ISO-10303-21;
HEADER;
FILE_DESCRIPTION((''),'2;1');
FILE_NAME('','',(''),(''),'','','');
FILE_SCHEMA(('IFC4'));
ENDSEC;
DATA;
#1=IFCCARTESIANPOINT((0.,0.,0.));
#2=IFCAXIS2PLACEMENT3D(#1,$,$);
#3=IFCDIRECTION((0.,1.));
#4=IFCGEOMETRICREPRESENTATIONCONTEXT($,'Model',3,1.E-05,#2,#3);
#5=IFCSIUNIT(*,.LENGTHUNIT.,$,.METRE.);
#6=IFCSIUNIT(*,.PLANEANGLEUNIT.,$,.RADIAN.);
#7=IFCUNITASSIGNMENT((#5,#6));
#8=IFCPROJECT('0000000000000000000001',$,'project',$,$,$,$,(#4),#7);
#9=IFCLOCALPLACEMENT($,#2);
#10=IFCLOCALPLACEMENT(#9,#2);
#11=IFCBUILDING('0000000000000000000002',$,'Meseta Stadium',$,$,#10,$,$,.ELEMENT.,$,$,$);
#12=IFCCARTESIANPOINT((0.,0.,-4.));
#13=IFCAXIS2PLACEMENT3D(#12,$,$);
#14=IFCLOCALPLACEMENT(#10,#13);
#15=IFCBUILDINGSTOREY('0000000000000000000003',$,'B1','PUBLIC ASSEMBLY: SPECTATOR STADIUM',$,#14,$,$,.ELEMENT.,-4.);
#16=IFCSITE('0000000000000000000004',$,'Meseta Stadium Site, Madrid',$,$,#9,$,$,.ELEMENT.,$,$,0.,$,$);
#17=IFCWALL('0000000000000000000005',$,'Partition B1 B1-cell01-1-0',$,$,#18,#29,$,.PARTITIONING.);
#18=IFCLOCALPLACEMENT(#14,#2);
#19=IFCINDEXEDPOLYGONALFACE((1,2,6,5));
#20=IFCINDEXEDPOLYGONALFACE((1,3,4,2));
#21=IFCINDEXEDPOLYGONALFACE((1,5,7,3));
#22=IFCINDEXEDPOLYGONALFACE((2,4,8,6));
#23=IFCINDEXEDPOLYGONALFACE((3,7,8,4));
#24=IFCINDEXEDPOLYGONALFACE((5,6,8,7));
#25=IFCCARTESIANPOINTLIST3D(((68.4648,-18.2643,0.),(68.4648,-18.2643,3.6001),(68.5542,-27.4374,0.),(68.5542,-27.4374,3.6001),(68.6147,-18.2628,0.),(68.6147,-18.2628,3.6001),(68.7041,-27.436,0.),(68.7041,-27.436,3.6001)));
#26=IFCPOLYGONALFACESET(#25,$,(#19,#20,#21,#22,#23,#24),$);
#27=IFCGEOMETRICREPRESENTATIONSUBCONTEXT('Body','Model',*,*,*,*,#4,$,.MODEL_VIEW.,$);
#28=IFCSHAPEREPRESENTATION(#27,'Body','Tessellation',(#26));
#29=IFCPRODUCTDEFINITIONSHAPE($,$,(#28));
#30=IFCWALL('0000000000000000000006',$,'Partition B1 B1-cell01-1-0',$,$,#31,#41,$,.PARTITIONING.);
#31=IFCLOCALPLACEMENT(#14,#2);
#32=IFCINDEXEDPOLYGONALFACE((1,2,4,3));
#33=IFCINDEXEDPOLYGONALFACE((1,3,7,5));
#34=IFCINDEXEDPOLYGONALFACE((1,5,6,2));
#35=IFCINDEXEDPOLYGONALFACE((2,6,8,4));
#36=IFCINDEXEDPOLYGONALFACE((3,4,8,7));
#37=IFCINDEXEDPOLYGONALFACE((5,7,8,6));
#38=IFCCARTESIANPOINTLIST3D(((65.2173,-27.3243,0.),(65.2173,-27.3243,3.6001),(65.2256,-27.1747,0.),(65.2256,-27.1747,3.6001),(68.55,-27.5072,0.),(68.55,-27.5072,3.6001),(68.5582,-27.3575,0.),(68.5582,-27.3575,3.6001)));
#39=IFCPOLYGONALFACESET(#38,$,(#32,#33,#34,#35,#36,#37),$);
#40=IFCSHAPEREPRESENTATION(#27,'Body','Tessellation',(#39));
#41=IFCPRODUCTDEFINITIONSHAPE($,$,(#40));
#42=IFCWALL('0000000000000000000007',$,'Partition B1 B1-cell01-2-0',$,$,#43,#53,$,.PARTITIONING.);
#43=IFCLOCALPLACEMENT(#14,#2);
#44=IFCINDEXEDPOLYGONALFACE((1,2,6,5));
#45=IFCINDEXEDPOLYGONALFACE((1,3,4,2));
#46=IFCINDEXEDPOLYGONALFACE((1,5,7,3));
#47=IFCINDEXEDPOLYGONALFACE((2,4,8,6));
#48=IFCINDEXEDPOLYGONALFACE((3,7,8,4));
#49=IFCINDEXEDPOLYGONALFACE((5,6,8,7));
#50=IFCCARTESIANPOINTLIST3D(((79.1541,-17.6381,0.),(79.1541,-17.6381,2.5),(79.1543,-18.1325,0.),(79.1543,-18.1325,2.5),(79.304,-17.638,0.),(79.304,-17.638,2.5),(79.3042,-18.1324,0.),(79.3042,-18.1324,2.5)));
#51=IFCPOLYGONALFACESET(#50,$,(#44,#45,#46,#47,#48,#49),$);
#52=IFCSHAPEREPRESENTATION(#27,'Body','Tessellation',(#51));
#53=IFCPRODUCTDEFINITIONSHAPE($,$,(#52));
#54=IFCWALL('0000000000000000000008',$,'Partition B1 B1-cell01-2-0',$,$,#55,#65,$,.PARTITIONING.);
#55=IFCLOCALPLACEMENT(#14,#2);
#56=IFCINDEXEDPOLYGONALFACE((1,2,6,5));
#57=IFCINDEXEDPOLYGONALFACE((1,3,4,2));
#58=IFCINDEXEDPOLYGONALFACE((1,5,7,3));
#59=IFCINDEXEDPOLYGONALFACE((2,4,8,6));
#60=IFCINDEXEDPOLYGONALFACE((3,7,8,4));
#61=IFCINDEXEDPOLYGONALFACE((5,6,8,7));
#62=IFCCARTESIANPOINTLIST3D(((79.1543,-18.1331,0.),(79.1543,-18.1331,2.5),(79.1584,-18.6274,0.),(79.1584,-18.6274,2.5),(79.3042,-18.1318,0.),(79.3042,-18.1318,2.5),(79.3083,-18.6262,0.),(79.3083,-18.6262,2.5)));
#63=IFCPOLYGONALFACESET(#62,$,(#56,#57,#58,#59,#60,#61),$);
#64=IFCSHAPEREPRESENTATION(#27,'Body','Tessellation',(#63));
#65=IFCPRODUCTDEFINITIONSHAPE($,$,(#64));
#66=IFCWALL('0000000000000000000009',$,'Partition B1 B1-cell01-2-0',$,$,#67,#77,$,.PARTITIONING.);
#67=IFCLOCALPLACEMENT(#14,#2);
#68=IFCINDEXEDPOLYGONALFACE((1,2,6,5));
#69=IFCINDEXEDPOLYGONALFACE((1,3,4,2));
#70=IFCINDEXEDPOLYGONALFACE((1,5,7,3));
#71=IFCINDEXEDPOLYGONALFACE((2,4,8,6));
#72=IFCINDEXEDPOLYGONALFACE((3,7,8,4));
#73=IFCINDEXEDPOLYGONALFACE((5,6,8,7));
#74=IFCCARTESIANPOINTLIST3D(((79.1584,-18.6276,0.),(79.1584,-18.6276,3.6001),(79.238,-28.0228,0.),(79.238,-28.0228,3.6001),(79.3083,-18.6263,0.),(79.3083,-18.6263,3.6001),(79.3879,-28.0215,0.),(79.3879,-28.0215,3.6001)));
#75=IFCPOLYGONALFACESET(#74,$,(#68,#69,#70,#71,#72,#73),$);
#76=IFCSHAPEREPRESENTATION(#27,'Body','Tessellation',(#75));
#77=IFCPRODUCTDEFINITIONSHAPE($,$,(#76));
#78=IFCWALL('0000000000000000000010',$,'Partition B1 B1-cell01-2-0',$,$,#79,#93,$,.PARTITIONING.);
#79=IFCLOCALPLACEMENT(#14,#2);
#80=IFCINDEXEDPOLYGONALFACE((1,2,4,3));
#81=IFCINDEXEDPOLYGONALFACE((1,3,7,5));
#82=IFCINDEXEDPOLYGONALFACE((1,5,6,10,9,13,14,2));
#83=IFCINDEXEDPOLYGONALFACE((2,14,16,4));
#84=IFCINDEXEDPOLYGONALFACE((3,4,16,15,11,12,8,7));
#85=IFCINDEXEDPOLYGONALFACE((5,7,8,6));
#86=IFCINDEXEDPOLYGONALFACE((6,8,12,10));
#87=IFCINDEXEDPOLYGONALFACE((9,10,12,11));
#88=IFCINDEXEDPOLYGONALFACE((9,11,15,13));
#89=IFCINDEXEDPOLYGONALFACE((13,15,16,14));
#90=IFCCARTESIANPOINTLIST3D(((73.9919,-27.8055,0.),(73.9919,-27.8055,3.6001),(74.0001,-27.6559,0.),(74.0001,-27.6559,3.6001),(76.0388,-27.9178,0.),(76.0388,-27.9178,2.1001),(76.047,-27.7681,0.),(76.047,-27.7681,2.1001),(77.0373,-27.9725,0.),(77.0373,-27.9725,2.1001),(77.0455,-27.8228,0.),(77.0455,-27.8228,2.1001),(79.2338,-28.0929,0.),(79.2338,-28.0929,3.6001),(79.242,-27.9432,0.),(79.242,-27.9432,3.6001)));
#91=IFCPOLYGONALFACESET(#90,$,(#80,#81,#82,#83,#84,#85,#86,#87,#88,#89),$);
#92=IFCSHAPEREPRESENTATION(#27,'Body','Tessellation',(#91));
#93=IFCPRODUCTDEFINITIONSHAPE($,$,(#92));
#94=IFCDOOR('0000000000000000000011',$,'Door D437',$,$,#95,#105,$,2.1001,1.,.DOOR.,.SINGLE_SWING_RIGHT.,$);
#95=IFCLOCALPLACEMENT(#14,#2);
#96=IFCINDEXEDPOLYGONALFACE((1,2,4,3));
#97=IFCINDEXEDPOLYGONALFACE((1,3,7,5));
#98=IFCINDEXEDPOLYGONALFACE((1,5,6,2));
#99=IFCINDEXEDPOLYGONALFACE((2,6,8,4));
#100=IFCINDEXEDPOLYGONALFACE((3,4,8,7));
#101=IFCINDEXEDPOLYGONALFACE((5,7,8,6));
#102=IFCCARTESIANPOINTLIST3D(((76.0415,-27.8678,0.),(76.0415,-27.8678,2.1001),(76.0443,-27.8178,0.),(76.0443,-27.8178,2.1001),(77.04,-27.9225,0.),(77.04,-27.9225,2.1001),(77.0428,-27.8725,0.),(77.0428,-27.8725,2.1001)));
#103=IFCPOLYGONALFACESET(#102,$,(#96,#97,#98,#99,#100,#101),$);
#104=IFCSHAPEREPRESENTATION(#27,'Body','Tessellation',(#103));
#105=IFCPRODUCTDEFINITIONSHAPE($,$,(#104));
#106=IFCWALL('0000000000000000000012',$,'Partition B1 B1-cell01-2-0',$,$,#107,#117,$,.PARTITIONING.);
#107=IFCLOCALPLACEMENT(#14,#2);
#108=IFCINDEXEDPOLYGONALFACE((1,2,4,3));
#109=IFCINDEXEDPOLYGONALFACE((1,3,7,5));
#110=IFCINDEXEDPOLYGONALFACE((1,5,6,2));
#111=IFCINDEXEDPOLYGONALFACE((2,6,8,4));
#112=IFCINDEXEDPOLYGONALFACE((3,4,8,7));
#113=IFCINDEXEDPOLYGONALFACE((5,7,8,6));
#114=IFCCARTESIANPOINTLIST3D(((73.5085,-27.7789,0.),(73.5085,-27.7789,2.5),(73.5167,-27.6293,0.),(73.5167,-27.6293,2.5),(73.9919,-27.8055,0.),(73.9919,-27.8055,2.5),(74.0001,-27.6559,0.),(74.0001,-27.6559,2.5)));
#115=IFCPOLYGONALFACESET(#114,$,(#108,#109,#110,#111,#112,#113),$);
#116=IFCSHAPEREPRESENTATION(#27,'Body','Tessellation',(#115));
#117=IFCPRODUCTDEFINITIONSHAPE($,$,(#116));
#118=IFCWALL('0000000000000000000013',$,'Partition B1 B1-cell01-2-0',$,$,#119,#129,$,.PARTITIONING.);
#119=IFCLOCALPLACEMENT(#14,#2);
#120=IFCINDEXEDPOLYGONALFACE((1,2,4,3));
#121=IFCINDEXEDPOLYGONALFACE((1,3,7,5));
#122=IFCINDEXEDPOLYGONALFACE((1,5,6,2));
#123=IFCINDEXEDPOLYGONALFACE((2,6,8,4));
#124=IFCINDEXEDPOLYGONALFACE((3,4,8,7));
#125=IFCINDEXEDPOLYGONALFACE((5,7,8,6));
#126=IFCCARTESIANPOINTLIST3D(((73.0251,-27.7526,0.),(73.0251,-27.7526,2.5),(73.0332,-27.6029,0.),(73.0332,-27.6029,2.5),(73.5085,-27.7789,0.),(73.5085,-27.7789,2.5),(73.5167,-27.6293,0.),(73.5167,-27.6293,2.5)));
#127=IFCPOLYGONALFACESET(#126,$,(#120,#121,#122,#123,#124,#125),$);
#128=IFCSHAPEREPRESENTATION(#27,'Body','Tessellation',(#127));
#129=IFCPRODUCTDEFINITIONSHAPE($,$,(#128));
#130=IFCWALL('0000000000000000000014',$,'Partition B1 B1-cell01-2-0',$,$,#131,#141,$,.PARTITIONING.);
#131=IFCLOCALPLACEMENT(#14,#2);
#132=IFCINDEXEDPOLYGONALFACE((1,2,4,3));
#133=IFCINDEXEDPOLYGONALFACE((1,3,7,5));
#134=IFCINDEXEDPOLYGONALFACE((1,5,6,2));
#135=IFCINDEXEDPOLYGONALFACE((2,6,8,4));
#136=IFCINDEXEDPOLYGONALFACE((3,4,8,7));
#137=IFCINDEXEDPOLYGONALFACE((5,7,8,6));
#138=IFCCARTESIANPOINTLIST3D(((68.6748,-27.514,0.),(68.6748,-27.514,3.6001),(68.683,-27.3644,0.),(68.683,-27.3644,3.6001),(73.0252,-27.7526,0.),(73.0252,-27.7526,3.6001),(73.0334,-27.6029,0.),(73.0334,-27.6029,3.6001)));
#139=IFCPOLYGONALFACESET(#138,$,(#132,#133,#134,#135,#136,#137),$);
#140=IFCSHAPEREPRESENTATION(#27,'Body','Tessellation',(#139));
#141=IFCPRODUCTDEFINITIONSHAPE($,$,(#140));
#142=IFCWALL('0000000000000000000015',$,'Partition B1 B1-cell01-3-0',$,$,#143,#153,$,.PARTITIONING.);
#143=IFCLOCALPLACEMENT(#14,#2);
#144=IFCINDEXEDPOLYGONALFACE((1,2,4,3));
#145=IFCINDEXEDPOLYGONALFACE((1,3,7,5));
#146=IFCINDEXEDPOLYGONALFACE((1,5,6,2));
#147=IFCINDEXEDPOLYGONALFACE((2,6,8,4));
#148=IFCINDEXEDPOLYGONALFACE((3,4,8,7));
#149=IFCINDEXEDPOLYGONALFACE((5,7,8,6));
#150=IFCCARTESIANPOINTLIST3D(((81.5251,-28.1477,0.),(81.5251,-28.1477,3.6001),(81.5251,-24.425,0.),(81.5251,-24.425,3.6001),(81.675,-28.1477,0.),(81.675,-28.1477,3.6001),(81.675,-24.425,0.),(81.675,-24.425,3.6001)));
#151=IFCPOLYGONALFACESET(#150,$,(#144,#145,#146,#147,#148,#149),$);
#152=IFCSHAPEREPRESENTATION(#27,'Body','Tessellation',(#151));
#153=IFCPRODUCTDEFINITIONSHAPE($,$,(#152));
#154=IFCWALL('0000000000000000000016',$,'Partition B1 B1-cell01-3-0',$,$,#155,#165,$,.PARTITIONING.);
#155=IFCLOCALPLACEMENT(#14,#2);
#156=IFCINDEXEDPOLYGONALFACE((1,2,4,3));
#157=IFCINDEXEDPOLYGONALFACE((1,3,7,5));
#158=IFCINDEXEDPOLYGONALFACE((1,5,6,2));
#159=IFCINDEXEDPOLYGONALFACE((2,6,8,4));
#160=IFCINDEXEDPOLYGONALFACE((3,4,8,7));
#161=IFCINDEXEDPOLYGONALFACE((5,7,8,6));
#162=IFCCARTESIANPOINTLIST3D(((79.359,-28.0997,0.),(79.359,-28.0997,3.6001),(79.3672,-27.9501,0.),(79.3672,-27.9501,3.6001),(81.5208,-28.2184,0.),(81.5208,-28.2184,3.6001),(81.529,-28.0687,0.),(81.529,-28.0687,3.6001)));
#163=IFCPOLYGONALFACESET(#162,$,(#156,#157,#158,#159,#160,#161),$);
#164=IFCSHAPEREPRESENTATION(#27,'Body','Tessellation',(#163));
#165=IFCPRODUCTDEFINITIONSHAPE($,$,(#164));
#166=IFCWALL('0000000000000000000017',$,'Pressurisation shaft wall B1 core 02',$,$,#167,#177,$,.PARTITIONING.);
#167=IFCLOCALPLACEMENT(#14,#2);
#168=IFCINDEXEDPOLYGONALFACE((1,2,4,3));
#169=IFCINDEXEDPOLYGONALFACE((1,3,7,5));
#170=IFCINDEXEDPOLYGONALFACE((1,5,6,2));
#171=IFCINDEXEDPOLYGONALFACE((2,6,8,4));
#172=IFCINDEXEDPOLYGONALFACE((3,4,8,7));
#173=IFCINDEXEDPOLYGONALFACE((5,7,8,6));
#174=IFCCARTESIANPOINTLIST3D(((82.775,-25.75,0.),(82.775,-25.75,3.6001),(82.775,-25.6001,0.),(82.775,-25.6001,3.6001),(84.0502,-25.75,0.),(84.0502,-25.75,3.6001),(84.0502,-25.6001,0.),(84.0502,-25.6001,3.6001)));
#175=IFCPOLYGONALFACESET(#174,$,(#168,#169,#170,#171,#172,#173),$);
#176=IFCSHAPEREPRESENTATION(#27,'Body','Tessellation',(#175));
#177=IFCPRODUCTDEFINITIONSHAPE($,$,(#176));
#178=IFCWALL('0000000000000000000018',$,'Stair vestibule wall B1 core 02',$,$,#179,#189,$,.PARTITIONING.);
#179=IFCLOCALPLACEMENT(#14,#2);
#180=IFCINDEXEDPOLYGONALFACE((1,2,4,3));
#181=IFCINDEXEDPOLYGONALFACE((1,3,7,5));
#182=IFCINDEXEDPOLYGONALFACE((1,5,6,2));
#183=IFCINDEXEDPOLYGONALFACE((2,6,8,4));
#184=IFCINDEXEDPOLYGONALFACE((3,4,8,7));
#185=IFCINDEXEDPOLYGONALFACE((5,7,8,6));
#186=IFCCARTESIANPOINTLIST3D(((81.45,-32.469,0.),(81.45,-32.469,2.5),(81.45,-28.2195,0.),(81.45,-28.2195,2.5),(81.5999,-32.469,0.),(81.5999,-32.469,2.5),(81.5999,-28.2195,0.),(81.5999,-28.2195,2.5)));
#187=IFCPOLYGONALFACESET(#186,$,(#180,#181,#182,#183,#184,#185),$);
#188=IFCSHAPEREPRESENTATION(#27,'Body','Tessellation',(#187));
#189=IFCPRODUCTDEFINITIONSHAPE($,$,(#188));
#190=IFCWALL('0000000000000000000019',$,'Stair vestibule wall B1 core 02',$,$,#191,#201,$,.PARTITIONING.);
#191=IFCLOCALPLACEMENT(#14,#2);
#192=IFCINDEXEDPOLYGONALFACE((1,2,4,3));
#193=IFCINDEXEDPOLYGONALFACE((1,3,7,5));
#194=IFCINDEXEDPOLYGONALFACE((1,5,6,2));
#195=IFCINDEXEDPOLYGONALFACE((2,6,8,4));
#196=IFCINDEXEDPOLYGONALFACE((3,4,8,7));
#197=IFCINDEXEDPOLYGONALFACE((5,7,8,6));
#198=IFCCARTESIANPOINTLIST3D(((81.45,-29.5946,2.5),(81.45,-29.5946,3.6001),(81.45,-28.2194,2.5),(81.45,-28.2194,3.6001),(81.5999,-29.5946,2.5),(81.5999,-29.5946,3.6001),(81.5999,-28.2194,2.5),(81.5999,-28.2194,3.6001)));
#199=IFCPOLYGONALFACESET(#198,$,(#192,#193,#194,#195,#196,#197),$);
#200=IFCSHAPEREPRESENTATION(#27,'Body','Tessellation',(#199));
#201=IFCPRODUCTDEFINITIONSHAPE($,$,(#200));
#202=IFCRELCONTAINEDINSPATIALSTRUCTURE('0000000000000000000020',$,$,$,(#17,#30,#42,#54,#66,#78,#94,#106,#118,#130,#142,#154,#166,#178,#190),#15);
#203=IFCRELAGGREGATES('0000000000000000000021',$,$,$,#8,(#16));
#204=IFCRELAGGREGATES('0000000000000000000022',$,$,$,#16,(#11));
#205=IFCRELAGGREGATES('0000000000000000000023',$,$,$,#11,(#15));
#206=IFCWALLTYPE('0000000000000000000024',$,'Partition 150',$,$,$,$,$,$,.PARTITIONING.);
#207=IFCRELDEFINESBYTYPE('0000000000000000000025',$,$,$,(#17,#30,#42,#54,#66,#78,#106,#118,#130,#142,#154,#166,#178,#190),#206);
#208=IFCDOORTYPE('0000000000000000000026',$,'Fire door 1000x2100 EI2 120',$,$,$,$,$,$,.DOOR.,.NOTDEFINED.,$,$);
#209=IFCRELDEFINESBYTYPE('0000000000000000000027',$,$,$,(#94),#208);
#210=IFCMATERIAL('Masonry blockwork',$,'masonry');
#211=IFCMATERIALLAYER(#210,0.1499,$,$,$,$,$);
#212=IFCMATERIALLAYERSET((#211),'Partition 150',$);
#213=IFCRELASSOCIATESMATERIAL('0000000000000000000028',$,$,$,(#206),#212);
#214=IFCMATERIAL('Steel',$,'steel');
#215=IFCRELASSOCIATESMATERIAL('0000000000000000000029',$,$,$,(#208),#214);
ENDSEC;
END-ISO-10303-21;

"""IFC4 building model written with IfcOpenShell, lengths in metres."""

from ifc_helpers import new_model, si_unit, direction, frame, frame_2d, origin, place, context, subcontext, project, spatial, rectangle, extrude, material, layer, layer_set, type_object, element, fill, save


model = new_model("IFC4")

# Units and contexts
model_context = context("Model", 3, precision=1e-05, world=origin(), true_north=direction((0.0, 1.0)))
body_context = subcontext(model_context, "Body", "Model", "MODEL_VIEW")
ifc_project = project(units=[si_unit("LENGTHUNIT", "METRE"), si_unit("PLANEANGLEUNIT", "RADIAN")], contexts=[model_context])

# Site, building, storey
site_placement = place(None, origin())
site = spatial("IfcSite", under=ifc_project, at=site_placement, Name="Meseta Stadium Site, Madrid", CompositionType="ELEMENT", RefElevation=0.0)
building_placement = place(site_placement, origin())
building = spatial("IfcBuilding", under=site, at=building_placement, Name="Meseta Stadium", CompositionType="ELEMENT")
storey_placement = place(building_placement, frame((0.0, 0.0, -4.0)))
storey = spatial("IfcBuildingStorey", under=building, at=storey_placement, Name="B1", Description="PUBLIC ASSEMBLY: SPECTATOR STADIUM", CompositionType="ELEMENT", Elevation=-4.0)

# Walls
ifc_material_1 = material(Name="Masonry blockwork", Category="masonry")
ifc_layer = layer(ifc_material_1, 0.1499)
ifc_layer_set = layer_set([ifc_layer], Name="Partition 150")
wall_type = type_object("IfcWallType", Name="Partition 150", PredefinedType="PARTITIONING", material=ifc_layer_set)
wall_1_placement = place(storey_placement, frame((68.5398, -18.2634, 0.0), z_axis=(0.0, 0.0, 1.0), x_axis=(0.009741, -0.999953, 0.0)))
element("IfcWall", 1, at=wall_1_placement, inside=storey, type_object=wall_type, Name="Partition B1 B1-cell01-1-0", PredefinedType="PARTITIONING", context=body_context, shape_type="SweptSolid", body=[
    extrude(rectangle(XDim=9.1736, YDim=0.1499, at=frame_2d((4.5869, 0.0))), origin(), (0.0, 0.0, 1.0), 3.6001),
])
wall_2_placement = place(storey_placement, frame((68.5542, -27.4324, 0.0), z_axis=(0.0, 0.0, 1.0), x_axis=(-0.998498, 0.054789, 0.0)))
element("IfcWall", 2, at=wall_2_placement, inside=storey, type_object=wall_type, Name="Partition B1 B1-cell01-1-0", PredefinedType="PARTITIONING", context=body_context, shape_type="SweptSolid", body=[
    extrude(rectangle(XDim=3.3376, YDim=0.1499, at=frame_2d((1.6689, 0.0))), origin(), (0.0, 0.0, 1.0), 3.6001),
])
for number, where, z_axis, x_axis, name in (
    (3, (79.229, -17.6382, 0.0), (0.0, 0.0, 1.0), (0.000494, -1.0, 0.0), "Partition B1 B1-cell01-2-0"),
    (4, (79.2292, -18.1326, 0.0), (0.0, 0.0, 1.0), (0.008395, -0.999965, 0.0), "Partition B1 B1-cell01-2-0"),
):
    element("IfcWall", number, at=place(storey_placement, frame(where, z_axis=z_axis, x_axis=x_axis)), inside=storey, type_object=wall_type, Name=name, PredefinedType="PARTITIONING", context=body_context, shape_type="SweptSolid", body=[
        extrude(rectangle(XDim=0.4944, YDim=0.1499, at=frame_2d((0.2471, 0.0))), origin(), (0.0, 0.0, 1.0), 2.5),
    ])
wall_3_placement = place(storey_placement, frame((79.2334, -18.627, 0.0), z_axis=(0.0, 0.0, 1.0), x_axis=(0.008471, -0.999964, 0.0)))
element("IfcWall", 5, at=wall_3_placement, inside=storey, type_object=wall_type, Name="Partition B1 B1-cell01-2-0", PredefinedType="PARTITIONING", context=body_context, shape_type="SweptSolid", body=[
    extrude(rectangle(XDim=9.3955, YDim=0.1499, at=frame_2d((4.6978, 0.0))), origin(), (0.0, 0.0, 1.0), 3.6001),
])

# Wall, opening, door
wall_4_placement = place(storey_placement, frame((79.238, -28.0181, 0.0), z_axis=(0.0, 0.0, 1.0), x_axis=(-0.998501, 0.054736, 0.0)))
wall_4 = element("IfcWall", 6, at=wall_4_placement, inside=storey, type_object=wall_type, Name="Partition B1 B1-cell01-2-0", PredefinedType="PARTITIONING", context=body_context, shape_type="SweptSolid", body=[
    extrude(rectangle(XDim=5.2498, YDim=0.1499, at=frame_2d((2.625, 0.0))), origin(), (0.0, 0.0, 1.0), 3.6001),
])
opening_placement = place(wall_4_placement, frame((2.2, 0.0, 0.0)))
opening = element("IfcOpeningElement", 7, at=opening_placement, cuts=wall_4, PredefinedType="OPENING", context=body_context, shape_type="SweptSolid", body=[
    extrude(rectangle(XDim=1.0, YDim=2.1001, at=frame_2d((0.5, 1.05))), frame((0.0, 0.085, 0.0), z_axis=(0.0, -1.0, 0.0), x_axis=(1.0, 0.0, 0.0)), (0.0, 0.0, 1.0), 0.1699),
])
ifc_material_2 = material(Name="Steel", Category="steel")
door_type = type_object("IfcDoorType", Name="Fire door 1000x2100 EI2 120", OperationType="NOTDEFINED", PredefinedType="DOOR", material=ifc_material_2)
door_placement = place(opening_placement, origin())
door = element("IfcDoor", 8, at=door_placement, inside=storey, type_object=door_type, Name="Door D437", OperationType="SINGLE_SWING_RIGHT", OverallHeight=2.1001, OverallWidth=1.0, PredefinedType="DOOR", context=body_context, shape_type="SweptSolid", body=[
    extrude(rectangle(XDim=1.0, YDim=2.1001, at=frame_2d((0.5, 1.05))), frame((0.0, 0.0249, 0.0), z_axis=(0.0, -1.0, 0.0), x_axis=(1.0, 0.0, 0.0)), (0.0, 0.0, 1.0), 0.05),
])
fill(opening, door)

# Walls
for number, where, z_axis, x_axis, name in (
    (9, (73.9961, -27.7307, 0.0), (0.0, 0.0, 1.0), (-0.998488, 0.054967, 0.0), "Partition B1 B1-cell01-2-0"),
    (10, (73.5127, -27.7041, 0.0), (0.0, 0.0, 1.0), (-0.998516, 0.054464, 0.0), "Partition B1 B1-cell01-2-0"),
):
    element("IfcWall", number, at=place(storey_placement, frame(where, z_axis=z_axis, x_axis=x_axis)), inside=storey, type_object=wall_type, Name=name, PredefinedType="PARTITIONING", context=body_context, shape_type="SweptSolid", body=[
        extrude(rectangle(XDim=0.4841, YDim=0.1499, at=frame_2d((0.2422, 0.0))), origin(), (0.0, 0.0, 1.0), 2.5),
    ])
wall_5_placement = place(storey_placement, frame((73.0293, -27.6777, 0.0), z_axis=(0.0, 0.0, 1.0), x_axis=(-0.9985, 0.054747, 0.0)))
element("IfcWall", 11, at=wall_5_placement, inside=storey, type_object=wall_type, Name="Partition B1 B1-cell01-2-0", PredefinedType="PARTITIONING", context=body_context, shape_type="SweptSolid", body=[
    extrude(rectangle(XDim=4.3569, YDim=0.1499, at=frame_2d((2.1785, 0.0))), origin(), (0.0, 0.0, 1.0), 3.6001),
])
wall_6_placement = place(storey_placement, frame((81.6001, -24.425, 0.0), z_axis=(0.0, 0.0, 1.0), x_axis=(0.0, -1.0, 0.0)))
element("IfcWall", 12, at=wall_6_placement, inside=storey, type_object=wall_type, Name="Partition B1 B1-cell01-3-0", PredefinedType="PARTITIONING", context=body_context, shape_type="SweptSolid", body=[
    extrude(rectangle(XDim=3.7227, YDim=0.1499, at=frame_2d((1.8613, 0.0))), origin(), (0.0, 0.0, 1.0), 3.6001),
])
wall_7_placement = place(storey_placement, frame((81.5249, -28.1436, 0.0), z_axis=(0.0, 0.0, 1.0), x_axis=(-0.998497, 0.054802, 0.0)))
element("IfcWall", 13, at=wall_7_placement, inside=storey, type_object=wall_type, Name="Partition B1 B1-cell01-3-0", PredefinedType="PARTITIONING", context=body_context, shape_type="SweptSolid", body=[
    extrude(rectangle(XDim=2.165, YDim=0.1499, at=frame_2d((1.0825, 0.0))), origin(), (0.0, 0.0, 1.0), 3.6001),
])
wall_8_placement = place(storey_placement, frame((82.7749, -25.675, 0.0), z_axis=(0.0, 0.0, 1.0), x_axis=(1.0, 0.0, 0.0)))
element("IfcWall", 14, at=wall_8_placement, inside=storey, type_object=wall_type, Name="Pressurisation shaft wall B1 core 02", PredefinedType="PARTITIONING", context=body_context, shape_type="SweptSolid", body=[
    extrude(rectangle(XDim=1.2751, YDim=0.1499, at=frame_2d((0.6377, 0.0))), origin(), (0.0, 0.0, 1.0), 3.6001),
])
wall_9_placement = place(storey_placement, frame((81.5249, -28.2195, 0.0), z_axis=(0.0, 0.0, 1.0), x_axis=(0.0, -1.0, 0.0)))
element("IfcWall", 15, at=wall_9_placement, inside=storey, type_object=wall_type, Name="Stair vestibule wall B1 core 02", PredefinedType="PARTITIONING", context=body_context, shape_type="SweptSolid", body=[
    extrude(rectangle(XDim=4.2495, YDim=0.1499, at=frame_2d((2.1248, 0.0))), origin(), (0.0, 0.0, 1.0), 2.5),
])
wall_10_placement = place(storey_placement, frame((81.5249, -28.2195, 2.5), z_axis=(0.0, 0.0, 1.0), x_axis=(0.0, -1.0, 0.0)))
element("IfcWall", 16, at=wall_10_placement, inside=storey, type_object=wall_type, Name="Stair vestibule wall B1 core 02", PredefinedType="PARTITIONING", context=body_context, shape_type="SweptSolid", body=[
    extrude(rectangle(XDim=1.3752, YDim=0.1499, at=frame_2d((0.6875, 0.0))), origin(), (0.0, 0.0, 1.0), 1.1001),
])

save(model, "model.ifc")
